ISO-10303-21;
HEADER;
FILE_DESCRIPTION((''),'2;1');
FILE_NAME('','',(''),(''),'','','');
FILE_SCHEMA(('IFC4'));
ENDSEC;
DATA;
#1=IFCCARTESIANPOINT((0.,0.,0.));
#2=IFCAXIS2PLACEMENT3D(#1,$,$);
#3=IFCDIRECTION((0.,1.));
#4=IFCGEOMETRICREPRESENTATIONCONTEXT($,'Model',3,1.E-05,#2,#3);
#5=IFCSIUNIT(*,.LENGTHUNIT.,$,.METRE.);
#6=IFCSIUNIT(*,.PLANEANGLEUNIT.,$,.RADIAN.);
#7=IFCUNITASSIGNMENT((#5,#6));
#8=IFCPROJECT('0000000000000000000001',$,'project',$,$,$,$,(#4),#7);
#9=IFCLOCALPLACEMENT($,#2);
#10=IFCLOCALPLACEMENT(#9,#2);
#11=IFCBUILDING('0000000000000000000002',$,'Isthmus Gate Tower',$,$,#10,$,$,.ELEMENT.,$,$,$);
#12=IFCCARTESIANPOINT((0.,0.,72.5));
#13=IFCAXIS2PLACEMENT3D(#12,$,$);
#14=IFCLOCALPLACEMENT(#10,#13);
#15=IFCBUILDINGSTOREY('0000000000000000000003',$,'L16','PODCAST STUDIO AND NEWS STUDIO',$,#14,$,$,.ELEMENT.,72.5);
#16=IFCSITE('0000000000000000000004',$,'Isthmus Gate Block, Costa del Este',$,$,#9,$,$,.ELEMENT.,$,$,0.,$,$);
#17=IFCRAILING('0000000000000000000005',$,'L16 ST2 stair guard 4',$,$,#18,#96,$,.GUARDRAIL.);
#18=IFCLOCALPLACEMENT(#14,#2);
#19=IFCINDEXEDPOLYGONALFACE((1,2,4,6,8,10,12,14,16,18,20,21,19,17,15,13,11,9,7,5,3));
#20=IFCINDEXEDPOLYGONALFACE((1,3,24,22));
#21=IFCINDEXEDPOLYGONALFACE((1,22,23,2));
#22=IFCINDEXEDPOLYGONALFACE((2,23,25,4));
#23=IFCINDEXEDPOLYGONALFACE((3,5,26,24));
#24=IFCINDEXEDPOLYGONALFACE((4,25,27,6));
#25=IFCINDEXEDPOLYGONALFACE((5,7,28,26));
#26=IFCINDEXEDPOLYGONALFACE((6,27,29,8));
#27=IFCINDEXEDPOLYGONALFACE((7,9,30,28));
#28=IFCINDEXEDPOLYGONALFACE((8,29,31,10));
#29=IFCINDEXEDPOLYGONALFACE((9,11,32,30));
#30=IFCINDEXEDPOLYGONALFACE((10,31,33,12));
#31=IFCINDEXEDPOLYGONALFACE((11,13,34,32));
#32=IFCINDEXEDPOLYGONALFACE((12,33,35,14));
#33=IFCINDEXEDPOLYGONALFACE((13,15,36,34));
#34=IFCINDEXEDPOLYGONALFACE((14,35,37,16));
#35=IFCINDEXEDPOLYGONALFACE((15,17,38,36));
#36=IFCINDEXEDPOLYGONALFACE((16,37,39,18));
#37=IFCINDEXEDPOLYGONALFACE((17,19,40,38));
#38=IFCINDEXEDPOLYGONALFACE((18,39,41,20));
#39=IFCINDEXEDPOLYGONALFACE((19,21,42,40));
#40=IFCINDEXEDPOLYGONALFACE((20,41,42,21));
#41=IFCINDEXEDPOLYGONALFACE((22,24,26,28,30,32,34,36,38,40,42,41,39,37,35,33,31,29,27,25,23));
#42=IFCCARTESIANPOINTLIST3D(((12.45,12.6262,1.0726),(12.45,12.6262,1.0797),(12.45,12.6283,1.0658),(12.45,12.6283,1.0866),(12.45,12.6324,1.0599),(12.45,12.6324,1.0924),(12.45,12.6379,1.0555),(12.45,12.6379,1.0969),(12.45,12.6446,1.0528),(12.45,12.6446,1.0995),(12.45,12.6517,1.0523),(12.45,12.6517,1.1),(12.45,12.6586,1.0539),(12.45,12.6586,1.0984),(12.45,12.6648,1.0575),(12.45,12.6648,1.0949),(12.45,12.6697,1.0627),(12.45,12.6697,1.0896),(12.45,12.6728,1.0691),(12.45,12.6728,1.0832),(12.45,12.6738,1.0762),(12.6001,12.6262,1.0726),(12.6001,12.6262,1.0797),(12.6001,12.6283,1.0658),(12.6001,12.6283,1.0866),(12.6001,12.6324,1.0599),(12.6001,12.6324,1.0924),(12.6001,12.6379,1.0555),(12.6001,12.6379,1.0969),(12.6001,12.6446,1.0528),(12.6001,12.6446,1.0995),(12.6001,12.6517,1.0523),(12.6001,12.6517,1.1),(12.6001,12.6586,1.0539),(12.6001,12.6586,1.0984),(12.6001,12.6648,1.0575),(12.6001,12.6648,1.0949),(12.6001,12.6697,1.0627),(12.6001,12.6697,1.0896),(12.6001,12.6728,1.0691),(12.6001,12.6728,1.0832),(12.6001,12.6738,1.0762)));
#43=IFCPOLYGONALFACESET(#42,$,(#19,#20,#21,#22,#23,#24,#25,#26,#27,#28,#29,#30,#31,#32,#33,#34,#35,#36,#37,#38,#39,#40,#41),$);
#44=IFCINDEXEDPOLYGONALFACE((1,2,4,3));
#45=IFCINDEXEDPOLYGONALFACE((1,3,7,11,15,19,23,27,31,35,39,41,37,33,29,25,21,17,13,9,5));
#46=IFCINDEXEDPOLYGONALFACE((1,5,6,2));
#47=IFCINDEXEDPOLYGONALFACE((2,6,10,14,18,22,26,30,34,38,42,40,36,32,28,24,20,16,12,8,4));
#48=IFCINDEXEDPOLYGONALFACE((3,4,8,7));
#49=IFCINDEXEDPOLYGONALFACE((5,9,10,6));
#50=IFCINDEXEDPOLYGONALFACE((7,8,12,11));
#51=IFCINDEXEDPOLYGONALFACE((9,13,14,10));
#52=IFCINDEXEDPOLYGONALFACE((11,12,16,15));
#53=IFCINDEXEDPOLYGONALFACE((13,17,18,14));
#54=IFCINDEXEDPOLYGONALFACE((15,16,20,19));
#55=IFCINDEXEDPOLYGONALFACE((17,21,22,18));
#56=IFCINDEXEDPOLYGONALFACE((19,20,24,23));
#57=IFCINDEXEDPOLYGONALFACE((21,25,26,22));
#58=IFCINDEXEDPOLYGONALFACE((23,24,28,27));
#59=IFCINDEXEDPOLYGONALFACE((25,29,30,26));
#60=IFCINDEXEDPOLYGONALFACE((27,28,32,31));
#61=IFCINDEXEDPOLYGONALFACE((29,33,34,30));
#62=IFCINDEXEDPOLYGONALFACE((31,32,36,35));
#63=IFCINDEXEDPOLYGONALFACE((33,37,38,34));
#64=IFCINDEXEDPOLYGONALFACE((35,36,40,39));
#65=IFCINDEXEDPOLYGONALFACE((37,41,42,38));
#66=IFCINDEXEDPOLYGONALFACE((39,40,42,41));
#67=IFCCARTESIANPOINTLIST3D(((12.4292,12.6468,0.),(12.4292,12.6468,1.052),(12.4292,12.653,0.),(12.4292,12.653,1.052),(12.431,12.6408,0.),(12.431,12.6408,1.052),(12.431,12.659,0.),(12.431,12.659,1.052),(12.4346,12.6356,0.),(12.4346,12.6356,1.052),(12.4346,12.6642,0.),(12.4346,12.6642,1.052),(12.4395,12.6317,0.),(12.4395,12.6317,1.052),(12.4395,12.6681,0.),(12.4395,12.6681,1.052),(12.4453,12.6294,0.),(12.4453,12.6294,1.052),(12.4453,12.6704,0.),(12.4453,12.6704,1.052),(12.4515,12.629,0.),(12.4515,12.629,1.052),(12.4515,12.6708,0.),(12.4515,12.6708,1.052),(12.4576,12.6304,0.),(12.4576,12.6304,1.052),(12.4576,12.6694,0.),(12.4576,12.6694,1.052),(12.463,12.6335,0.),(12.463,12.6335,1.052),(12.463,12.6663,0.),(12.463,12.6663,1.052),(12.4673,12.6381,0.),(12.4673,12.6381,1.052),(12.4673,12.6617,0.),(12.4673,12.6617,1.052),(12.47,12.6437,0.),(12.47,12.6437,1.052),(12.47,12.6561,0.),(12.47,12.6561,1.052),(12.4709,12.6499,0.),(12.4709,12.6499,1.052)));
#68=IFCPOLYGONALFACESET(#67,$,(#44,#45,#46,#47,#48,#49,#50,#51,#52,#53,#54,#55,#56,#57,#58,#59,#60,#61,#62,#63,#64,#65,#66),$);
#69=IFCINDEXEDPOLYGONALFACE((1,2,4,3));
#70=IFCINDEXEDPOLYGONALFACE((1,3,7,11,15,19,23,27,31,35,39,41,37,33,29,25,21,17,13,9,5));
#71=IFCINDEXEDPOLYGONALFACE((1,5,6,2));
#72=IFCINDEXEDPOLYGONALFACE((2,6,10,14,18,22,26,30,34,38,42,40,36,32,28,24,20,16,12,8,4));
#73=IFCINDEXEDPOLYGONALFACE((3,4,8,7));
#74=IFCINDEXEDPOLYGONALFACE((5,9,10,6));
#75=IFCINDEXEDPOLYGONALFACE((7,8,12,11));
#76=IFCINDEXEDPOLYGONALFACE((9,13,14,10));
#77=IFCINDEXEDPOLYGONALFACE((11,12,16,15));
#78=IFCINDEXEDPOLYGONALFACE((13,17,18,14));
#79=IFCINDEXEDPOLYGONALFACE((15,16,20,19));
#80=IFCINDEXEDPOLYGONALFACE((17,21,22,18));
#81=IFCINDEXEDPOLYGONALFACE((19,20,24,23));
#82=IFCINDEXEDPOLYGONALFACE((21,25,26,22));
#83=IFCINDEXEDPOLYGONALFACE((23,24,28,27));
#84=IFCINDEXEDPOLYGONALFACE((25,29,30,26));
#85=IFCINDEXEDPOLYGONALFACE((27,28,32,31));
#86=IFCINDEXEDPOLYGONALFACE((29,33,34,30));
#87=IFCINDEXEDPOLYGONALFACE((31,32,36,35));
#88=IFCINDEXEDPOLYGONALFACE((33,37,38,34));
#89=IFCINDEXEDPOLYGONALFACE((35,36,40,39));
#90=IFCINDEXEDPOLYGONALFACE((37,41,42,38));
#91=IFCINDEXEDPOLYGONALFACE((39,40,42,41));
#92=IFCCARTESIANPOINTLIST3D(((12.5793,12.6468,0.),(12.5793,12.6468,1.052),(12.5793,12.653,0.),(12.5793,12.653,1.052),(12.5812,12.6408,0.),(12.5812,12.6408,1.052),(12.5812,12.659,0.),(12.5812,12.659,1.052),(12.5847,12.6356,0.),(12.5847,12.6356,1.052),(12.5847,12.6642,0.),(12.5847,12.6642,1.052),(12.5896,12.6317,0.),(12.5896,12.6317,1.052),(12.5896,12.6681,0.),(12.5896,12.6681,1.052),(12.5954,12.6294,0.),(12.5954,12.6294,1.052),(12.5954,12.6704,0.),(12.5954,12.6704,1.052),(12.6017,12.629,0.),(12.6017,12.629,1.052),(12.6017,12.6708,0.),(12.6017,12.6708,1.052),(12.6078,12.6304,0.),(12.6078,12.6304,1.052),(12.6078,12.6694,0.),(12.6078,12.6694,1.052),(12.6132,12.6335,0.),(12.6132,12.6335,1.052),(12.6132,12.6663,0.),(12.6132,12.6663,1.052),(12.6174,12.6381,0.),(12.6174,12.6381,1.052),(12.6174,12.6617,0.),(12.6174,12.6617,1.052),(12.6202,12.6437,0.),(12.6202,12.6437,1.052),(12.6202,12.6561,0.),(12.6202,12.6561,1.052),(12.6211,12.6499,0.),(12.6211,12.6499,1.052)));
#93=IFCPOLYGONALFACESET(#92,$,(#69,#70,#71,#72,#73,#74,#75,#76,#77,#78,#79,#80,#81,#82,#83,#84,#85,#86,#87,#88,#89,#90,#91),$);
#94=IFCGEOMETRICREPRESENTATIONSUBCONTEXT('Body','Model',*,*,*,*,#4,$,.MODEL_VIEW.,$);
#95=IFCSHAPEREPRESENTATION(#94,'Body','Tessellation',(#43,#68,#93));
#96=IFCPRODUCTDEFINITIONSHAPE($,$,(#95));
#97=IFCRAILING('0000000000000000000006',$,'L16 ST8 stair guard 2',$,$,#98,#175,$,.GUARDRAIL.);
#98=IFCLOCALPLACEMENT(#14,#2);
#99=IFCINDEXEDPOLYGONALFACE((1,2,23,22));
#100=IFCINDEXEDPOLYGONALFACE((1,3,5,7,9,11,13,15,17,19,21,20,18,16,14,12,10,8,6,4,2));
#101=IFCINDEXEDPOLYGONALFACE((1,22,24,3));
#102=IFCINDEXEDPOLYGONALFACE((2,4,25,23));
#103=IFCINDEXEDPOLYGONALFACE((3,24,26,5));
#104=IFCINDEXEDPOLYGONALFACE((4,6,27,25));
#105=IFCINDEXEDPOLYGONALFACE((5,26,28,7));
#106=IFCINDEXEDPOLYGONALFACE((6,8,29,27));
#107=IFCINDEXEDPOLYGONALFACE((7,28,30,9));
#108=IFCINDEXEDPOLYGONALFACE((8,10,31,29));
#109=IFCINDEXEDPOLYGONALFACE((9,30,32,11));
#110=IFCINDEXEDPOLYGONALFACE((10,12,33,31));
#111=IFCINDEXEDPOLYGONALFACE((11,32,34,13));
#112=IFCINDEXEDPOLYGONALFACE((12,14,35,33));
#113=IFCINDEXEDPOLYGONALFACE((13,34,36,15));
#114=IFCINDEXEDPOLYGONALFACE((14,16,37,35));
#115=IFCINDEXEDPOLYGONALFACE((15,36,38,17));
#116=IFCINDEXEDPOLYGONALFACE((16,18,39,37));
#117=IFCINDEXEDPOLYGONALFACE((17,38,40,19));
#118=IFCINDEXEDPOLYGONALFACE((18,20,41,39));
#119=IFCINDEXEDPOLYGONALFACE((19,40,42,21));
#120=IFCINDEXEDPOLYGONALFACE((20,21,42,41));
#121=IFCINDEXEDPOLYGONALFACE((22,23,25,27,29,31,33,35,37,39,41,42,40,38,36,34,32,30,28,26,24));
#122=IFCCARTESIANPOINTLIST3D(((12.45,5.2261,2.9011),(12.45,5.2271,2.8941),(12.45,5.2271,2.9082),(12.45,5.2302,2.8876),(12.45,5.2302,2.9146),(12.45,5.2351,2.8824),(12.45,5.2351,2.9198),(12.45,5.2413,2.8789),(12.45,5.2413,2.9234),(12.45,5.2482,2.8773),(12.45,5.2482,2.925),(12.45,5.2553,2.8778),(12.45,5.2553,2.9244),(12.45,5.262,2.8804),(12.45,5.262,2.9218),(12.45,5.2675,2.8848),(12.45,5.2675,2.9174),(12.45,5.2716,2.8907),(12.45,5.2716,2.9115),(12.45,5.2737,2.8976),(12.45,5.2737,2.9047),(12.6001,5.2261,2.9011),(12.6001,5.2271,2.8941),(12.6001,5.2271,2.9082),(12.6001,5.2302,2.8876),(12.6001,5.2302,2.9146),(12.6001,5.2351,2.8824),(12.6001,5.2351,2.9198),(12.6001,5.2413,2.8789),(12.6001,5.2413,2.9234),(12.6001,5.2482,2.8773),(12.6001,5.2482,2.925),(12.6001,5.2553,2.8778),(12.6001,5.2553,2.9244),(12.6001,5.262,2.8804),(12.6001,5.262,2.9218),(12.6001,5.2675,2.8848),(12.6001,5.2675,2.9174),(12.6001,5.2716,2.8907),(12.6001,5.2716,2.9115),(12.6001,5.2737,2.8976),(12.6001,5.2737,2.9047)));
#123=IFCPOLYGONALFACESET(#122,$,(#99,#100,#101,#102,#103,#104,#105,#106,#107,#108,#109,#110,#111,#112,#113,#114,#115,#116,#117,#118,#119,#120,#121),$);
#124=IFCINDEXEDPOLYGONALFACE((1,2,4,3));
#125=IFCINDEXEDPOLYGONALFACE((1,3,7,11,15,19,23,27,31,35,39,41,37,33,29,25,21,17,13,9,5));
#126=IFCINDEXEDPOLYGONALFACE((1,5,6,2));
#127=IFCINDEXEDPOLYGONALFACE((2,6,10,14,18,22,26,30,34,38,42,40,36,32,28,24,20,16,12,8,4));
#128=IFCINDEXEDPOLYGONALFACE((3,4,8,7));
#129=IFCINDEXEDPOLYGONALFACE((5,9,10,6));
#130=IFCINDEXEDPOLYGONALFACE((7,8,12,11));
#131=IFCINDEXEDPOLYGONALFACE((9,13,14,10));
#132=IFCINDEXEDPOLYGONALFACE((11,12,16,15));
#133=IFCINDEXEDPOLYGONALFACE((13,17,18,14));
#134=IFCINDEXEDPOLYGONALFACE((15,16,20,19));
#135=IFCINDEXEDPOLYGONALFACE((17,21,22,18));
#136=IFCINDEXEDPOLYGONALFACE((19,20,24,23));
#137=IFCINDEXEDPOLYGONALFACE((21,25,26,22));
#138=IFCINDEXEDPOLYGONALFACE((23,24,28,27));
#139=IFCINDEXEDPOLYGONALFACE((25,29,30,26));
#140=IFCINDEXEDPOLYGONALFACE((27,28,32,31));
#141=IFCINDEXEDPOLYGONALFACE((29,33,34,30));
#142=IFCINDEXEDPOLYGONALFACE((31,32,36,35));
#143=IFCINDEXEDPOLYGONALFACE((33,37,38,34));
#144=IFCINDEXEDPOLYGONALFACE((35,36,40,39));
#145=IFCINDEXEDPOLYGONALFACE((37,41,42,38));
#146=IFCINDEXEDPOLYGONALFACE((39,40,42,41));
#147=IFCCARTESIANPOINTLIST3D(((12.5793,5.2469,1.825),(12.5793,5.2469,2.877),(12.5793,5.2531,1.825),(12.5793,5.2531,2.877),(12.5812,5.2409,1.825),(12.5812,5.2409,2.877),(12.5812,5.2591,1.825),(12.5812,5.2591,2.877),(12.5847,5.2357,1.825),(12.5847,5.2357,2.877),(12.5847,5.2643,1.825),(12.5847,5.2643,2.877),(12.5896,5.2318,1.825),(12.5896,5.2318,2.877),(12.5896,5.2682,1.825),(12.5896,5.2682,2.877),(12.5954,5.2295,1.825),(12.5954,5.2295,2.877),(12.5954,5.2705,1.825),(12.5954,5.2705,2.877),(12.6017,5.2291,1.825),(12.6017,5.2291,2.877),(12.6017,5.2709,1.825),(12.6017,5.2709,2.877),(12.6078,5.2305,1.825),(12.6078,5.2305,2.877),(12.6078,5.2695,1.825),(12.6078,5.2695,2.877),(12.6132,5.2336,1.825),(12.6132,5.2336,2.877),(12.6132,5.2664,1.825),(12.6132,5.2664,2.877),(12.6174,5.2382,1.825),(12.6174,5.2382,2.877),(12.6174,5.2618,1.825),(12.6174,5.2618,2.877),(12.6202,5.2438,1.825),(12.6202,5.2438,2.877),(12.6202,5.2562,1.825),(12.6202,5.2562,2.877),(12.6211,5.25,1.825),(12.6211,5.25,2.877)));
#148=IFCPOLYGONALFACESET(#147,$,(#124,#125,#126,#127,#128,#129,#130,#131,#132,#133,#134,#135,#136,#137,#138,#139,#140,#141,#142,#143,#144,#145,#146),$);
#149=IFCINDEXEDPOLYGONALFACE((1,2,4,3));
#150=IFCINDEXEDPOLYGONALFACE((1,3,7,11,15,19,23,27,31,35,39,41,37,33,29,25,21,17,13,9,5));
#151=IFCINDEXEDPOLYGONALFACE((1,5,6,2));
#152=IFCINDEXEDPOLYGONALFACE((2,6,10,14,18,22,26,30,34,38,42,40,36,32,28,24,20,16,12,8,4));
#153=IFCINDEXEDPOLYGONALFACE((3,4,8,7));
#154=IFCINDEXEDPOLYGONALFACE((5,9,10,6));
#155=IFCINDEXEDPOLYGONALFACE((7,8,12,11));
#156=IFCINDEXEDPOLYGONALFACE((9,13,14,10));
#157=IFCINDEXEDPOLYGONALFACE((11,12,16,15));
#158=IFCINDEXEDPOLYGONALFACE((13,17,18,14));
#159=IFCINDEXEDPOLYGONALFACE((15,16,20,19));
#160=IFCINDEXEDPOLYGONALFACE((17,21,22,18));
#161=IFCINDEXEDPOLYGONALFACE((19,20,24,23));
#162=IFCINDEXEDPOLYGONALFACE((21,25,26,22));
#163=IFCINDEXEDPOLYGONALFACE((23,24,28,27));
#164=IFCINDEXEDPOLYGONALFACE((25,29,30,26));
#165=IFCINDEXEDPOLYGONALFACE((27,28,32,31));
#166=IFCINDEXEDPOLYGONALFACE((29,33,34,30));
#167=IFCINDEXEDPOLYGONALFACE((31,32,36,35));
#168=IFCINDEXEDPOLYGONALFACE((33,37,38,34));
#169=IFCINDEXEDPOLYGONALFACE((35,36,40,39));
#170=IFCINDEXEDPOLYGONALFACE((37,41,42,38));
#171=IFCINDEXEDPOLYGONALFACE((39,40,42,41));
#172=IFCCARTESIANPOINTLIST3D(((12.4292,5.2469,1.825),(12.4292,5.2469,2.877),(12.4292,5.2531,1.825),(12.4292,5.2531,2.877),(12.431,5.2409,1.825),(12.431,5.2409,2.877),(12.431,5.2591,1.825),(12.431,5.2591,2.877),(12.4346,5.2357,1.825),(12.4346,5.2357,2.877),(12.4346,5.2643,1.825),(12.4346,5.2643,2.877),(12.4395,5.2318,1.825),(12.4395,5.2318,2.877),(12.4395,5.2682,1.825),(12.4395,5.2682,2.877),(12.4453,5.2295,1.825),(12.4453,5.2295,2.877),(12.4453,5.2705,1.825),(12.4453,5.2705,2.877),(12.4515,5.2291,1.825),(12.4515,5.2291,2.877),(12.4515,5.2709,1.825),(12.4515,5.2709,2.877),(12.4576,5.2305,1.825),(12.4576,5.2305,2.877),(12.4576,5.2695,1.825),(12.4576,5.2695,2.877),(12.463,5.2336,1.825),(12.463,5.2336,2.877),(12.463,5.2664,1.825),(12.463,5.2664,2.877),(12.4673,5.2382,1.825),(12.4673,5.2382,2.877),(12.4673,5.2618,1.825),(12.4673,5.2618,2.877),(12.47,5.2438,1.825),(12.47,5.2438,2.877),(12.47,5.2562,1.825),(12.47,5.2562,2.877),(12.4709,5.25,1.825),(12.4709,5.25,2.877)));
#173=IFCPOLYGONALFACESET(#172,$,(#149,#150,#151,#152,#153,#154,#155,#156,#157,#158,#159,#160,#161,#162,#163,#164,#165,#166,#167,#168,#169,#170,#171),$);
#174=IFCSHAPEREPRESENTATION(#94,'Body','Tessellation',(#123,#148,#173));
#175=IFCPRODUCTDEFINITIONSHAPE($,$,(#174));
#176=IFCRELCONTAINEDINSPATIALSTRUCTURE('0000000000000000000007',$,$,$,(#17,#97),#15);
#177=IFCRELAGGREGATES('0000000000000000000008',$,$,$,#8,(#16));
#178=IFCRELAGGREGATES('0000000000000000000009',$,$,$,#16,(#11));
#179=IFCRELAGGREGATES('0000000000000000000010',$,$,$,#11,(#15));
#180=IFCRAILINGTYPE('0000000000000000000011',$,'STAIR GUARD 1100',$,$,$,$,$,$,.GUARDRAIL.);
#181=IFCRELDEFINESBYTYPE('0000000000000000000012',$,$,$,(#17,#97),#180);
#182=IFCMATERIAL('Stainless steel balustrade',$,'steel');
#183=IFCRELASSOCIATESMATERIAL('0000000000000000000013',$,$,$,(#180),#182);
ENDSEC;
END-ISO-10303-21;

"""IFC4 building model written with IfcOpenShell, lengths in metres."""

from ifc_helpers import new_model, si_unit, direction, frame, origin, origin_2d, place, context, subcontext, project, spatial, circle, extrude, material, type_object, element, save


model = new_model("IFC4")

# Units and contexts
model_context = context("Model", 3, precision=1e-05, world=origin(), true_north=direction((0.0, 1.0)))
body_context = subcontext(model_context, "Body", "Model", "MODEL_VIEW")
ifc_project = project(units=[si_unit("LENGTHUNIT", "METRE"), si_unit("PLANEANGLEUNIT", "RADIAN")], contexts=[model_context])

# Site, building, storey
site_placement = place(None, origin())
site = spatial("IfcSite", under=ifc_project, at=site_placement, Name="Isthmus Gate Block, Costa del Este", CompositionType="ELEMENT", RefElevation=0.0)
building_placement = place(site_placement, origin())
building = spatial("IfcBuilding", under=site, at=building_placement, Name="Isthmus Gate Tower", CompositionType="ELEMENT")
storey_placement = place(building_placement, frame((0.0, 0.0, 72.5)))
storey = spatial("IfcBuildingStorey", under=building, at=storey_placement, Name="L16", Description="PODCAST STUDIO AND NEWS STUDIO", CompositionType="ELEMENT", Elevation=72.5)

# Railings
ifc_material_1 = material(Name="Stainless steel balustrade", Category="steel")
railing_type_1 = type_object("IfcRailingType", Name="STAIR GUARD 1100", PredefinedType="GUARDRAIL", material=ifc_material_1)
railing_1_placement = place(storey_placement, frame((12.45, 12.6499, 0.0)))
element("IfcRailing", 1, at=railing_1_placement, inside=storey, type_object=railing_type_1, Name="L16 ST2 stair guard 4", PredefinedType="GUARDRAIL", context=body_context, shape_type="SweptSolid", body=[
    extrude(circle(Radius=0.0239, at=origin_2d()), frame((0.0, 0.0, 1.0762), z_axis=(1.0, 0.0, 0.0), x_axis=(0.0, 1.0, 0.0)), (0.0, 0.0, 1.0), 0.1501),
    extrude(circle(Radius=0.021, at=origin_2d()), origin(), (0.0, 0.0, 1.0), 1.052),
    extrude(circle(Radius=0.021, at=origin_2d()), frame((0.1501, 0.0, 0.0)), (0.0, 0.0, 1.0), 1.052),
])
railing_2_placement = place(storey_placement, frame((12.6001, 5.25, 1.825)))
element("IfcRailing", 2, at=railing_2_placement, inside=storey, type_object=railing_type_1, Name="L16 ST8 stair guard 2", PredefinedType="GUARDRAIL", context=body_context, shape_type="SweptSolid", body=[
    extrude(circle(Radius=0.0239, at=origin_2d()), frame((0.0, 0.0, 1.0762), z_axis=(-1.0, 0.0, 0.0), x_axis=(0.0, -1.0, 0.0)), (0.0, 0.0, 1.0), 0.1501),
    extrude(circle(Radius=0.021, at=origin_2d()), origin(), (0.0, 0.0, 1.0), 1.052),
    extrude(circle(Radius=0.021, at=origin_2d()), frame((-0.1501, 0.0, 0.0)), (0.0, 0.0, 1.0), 1.052),
])

save(model, "model.ifc")
